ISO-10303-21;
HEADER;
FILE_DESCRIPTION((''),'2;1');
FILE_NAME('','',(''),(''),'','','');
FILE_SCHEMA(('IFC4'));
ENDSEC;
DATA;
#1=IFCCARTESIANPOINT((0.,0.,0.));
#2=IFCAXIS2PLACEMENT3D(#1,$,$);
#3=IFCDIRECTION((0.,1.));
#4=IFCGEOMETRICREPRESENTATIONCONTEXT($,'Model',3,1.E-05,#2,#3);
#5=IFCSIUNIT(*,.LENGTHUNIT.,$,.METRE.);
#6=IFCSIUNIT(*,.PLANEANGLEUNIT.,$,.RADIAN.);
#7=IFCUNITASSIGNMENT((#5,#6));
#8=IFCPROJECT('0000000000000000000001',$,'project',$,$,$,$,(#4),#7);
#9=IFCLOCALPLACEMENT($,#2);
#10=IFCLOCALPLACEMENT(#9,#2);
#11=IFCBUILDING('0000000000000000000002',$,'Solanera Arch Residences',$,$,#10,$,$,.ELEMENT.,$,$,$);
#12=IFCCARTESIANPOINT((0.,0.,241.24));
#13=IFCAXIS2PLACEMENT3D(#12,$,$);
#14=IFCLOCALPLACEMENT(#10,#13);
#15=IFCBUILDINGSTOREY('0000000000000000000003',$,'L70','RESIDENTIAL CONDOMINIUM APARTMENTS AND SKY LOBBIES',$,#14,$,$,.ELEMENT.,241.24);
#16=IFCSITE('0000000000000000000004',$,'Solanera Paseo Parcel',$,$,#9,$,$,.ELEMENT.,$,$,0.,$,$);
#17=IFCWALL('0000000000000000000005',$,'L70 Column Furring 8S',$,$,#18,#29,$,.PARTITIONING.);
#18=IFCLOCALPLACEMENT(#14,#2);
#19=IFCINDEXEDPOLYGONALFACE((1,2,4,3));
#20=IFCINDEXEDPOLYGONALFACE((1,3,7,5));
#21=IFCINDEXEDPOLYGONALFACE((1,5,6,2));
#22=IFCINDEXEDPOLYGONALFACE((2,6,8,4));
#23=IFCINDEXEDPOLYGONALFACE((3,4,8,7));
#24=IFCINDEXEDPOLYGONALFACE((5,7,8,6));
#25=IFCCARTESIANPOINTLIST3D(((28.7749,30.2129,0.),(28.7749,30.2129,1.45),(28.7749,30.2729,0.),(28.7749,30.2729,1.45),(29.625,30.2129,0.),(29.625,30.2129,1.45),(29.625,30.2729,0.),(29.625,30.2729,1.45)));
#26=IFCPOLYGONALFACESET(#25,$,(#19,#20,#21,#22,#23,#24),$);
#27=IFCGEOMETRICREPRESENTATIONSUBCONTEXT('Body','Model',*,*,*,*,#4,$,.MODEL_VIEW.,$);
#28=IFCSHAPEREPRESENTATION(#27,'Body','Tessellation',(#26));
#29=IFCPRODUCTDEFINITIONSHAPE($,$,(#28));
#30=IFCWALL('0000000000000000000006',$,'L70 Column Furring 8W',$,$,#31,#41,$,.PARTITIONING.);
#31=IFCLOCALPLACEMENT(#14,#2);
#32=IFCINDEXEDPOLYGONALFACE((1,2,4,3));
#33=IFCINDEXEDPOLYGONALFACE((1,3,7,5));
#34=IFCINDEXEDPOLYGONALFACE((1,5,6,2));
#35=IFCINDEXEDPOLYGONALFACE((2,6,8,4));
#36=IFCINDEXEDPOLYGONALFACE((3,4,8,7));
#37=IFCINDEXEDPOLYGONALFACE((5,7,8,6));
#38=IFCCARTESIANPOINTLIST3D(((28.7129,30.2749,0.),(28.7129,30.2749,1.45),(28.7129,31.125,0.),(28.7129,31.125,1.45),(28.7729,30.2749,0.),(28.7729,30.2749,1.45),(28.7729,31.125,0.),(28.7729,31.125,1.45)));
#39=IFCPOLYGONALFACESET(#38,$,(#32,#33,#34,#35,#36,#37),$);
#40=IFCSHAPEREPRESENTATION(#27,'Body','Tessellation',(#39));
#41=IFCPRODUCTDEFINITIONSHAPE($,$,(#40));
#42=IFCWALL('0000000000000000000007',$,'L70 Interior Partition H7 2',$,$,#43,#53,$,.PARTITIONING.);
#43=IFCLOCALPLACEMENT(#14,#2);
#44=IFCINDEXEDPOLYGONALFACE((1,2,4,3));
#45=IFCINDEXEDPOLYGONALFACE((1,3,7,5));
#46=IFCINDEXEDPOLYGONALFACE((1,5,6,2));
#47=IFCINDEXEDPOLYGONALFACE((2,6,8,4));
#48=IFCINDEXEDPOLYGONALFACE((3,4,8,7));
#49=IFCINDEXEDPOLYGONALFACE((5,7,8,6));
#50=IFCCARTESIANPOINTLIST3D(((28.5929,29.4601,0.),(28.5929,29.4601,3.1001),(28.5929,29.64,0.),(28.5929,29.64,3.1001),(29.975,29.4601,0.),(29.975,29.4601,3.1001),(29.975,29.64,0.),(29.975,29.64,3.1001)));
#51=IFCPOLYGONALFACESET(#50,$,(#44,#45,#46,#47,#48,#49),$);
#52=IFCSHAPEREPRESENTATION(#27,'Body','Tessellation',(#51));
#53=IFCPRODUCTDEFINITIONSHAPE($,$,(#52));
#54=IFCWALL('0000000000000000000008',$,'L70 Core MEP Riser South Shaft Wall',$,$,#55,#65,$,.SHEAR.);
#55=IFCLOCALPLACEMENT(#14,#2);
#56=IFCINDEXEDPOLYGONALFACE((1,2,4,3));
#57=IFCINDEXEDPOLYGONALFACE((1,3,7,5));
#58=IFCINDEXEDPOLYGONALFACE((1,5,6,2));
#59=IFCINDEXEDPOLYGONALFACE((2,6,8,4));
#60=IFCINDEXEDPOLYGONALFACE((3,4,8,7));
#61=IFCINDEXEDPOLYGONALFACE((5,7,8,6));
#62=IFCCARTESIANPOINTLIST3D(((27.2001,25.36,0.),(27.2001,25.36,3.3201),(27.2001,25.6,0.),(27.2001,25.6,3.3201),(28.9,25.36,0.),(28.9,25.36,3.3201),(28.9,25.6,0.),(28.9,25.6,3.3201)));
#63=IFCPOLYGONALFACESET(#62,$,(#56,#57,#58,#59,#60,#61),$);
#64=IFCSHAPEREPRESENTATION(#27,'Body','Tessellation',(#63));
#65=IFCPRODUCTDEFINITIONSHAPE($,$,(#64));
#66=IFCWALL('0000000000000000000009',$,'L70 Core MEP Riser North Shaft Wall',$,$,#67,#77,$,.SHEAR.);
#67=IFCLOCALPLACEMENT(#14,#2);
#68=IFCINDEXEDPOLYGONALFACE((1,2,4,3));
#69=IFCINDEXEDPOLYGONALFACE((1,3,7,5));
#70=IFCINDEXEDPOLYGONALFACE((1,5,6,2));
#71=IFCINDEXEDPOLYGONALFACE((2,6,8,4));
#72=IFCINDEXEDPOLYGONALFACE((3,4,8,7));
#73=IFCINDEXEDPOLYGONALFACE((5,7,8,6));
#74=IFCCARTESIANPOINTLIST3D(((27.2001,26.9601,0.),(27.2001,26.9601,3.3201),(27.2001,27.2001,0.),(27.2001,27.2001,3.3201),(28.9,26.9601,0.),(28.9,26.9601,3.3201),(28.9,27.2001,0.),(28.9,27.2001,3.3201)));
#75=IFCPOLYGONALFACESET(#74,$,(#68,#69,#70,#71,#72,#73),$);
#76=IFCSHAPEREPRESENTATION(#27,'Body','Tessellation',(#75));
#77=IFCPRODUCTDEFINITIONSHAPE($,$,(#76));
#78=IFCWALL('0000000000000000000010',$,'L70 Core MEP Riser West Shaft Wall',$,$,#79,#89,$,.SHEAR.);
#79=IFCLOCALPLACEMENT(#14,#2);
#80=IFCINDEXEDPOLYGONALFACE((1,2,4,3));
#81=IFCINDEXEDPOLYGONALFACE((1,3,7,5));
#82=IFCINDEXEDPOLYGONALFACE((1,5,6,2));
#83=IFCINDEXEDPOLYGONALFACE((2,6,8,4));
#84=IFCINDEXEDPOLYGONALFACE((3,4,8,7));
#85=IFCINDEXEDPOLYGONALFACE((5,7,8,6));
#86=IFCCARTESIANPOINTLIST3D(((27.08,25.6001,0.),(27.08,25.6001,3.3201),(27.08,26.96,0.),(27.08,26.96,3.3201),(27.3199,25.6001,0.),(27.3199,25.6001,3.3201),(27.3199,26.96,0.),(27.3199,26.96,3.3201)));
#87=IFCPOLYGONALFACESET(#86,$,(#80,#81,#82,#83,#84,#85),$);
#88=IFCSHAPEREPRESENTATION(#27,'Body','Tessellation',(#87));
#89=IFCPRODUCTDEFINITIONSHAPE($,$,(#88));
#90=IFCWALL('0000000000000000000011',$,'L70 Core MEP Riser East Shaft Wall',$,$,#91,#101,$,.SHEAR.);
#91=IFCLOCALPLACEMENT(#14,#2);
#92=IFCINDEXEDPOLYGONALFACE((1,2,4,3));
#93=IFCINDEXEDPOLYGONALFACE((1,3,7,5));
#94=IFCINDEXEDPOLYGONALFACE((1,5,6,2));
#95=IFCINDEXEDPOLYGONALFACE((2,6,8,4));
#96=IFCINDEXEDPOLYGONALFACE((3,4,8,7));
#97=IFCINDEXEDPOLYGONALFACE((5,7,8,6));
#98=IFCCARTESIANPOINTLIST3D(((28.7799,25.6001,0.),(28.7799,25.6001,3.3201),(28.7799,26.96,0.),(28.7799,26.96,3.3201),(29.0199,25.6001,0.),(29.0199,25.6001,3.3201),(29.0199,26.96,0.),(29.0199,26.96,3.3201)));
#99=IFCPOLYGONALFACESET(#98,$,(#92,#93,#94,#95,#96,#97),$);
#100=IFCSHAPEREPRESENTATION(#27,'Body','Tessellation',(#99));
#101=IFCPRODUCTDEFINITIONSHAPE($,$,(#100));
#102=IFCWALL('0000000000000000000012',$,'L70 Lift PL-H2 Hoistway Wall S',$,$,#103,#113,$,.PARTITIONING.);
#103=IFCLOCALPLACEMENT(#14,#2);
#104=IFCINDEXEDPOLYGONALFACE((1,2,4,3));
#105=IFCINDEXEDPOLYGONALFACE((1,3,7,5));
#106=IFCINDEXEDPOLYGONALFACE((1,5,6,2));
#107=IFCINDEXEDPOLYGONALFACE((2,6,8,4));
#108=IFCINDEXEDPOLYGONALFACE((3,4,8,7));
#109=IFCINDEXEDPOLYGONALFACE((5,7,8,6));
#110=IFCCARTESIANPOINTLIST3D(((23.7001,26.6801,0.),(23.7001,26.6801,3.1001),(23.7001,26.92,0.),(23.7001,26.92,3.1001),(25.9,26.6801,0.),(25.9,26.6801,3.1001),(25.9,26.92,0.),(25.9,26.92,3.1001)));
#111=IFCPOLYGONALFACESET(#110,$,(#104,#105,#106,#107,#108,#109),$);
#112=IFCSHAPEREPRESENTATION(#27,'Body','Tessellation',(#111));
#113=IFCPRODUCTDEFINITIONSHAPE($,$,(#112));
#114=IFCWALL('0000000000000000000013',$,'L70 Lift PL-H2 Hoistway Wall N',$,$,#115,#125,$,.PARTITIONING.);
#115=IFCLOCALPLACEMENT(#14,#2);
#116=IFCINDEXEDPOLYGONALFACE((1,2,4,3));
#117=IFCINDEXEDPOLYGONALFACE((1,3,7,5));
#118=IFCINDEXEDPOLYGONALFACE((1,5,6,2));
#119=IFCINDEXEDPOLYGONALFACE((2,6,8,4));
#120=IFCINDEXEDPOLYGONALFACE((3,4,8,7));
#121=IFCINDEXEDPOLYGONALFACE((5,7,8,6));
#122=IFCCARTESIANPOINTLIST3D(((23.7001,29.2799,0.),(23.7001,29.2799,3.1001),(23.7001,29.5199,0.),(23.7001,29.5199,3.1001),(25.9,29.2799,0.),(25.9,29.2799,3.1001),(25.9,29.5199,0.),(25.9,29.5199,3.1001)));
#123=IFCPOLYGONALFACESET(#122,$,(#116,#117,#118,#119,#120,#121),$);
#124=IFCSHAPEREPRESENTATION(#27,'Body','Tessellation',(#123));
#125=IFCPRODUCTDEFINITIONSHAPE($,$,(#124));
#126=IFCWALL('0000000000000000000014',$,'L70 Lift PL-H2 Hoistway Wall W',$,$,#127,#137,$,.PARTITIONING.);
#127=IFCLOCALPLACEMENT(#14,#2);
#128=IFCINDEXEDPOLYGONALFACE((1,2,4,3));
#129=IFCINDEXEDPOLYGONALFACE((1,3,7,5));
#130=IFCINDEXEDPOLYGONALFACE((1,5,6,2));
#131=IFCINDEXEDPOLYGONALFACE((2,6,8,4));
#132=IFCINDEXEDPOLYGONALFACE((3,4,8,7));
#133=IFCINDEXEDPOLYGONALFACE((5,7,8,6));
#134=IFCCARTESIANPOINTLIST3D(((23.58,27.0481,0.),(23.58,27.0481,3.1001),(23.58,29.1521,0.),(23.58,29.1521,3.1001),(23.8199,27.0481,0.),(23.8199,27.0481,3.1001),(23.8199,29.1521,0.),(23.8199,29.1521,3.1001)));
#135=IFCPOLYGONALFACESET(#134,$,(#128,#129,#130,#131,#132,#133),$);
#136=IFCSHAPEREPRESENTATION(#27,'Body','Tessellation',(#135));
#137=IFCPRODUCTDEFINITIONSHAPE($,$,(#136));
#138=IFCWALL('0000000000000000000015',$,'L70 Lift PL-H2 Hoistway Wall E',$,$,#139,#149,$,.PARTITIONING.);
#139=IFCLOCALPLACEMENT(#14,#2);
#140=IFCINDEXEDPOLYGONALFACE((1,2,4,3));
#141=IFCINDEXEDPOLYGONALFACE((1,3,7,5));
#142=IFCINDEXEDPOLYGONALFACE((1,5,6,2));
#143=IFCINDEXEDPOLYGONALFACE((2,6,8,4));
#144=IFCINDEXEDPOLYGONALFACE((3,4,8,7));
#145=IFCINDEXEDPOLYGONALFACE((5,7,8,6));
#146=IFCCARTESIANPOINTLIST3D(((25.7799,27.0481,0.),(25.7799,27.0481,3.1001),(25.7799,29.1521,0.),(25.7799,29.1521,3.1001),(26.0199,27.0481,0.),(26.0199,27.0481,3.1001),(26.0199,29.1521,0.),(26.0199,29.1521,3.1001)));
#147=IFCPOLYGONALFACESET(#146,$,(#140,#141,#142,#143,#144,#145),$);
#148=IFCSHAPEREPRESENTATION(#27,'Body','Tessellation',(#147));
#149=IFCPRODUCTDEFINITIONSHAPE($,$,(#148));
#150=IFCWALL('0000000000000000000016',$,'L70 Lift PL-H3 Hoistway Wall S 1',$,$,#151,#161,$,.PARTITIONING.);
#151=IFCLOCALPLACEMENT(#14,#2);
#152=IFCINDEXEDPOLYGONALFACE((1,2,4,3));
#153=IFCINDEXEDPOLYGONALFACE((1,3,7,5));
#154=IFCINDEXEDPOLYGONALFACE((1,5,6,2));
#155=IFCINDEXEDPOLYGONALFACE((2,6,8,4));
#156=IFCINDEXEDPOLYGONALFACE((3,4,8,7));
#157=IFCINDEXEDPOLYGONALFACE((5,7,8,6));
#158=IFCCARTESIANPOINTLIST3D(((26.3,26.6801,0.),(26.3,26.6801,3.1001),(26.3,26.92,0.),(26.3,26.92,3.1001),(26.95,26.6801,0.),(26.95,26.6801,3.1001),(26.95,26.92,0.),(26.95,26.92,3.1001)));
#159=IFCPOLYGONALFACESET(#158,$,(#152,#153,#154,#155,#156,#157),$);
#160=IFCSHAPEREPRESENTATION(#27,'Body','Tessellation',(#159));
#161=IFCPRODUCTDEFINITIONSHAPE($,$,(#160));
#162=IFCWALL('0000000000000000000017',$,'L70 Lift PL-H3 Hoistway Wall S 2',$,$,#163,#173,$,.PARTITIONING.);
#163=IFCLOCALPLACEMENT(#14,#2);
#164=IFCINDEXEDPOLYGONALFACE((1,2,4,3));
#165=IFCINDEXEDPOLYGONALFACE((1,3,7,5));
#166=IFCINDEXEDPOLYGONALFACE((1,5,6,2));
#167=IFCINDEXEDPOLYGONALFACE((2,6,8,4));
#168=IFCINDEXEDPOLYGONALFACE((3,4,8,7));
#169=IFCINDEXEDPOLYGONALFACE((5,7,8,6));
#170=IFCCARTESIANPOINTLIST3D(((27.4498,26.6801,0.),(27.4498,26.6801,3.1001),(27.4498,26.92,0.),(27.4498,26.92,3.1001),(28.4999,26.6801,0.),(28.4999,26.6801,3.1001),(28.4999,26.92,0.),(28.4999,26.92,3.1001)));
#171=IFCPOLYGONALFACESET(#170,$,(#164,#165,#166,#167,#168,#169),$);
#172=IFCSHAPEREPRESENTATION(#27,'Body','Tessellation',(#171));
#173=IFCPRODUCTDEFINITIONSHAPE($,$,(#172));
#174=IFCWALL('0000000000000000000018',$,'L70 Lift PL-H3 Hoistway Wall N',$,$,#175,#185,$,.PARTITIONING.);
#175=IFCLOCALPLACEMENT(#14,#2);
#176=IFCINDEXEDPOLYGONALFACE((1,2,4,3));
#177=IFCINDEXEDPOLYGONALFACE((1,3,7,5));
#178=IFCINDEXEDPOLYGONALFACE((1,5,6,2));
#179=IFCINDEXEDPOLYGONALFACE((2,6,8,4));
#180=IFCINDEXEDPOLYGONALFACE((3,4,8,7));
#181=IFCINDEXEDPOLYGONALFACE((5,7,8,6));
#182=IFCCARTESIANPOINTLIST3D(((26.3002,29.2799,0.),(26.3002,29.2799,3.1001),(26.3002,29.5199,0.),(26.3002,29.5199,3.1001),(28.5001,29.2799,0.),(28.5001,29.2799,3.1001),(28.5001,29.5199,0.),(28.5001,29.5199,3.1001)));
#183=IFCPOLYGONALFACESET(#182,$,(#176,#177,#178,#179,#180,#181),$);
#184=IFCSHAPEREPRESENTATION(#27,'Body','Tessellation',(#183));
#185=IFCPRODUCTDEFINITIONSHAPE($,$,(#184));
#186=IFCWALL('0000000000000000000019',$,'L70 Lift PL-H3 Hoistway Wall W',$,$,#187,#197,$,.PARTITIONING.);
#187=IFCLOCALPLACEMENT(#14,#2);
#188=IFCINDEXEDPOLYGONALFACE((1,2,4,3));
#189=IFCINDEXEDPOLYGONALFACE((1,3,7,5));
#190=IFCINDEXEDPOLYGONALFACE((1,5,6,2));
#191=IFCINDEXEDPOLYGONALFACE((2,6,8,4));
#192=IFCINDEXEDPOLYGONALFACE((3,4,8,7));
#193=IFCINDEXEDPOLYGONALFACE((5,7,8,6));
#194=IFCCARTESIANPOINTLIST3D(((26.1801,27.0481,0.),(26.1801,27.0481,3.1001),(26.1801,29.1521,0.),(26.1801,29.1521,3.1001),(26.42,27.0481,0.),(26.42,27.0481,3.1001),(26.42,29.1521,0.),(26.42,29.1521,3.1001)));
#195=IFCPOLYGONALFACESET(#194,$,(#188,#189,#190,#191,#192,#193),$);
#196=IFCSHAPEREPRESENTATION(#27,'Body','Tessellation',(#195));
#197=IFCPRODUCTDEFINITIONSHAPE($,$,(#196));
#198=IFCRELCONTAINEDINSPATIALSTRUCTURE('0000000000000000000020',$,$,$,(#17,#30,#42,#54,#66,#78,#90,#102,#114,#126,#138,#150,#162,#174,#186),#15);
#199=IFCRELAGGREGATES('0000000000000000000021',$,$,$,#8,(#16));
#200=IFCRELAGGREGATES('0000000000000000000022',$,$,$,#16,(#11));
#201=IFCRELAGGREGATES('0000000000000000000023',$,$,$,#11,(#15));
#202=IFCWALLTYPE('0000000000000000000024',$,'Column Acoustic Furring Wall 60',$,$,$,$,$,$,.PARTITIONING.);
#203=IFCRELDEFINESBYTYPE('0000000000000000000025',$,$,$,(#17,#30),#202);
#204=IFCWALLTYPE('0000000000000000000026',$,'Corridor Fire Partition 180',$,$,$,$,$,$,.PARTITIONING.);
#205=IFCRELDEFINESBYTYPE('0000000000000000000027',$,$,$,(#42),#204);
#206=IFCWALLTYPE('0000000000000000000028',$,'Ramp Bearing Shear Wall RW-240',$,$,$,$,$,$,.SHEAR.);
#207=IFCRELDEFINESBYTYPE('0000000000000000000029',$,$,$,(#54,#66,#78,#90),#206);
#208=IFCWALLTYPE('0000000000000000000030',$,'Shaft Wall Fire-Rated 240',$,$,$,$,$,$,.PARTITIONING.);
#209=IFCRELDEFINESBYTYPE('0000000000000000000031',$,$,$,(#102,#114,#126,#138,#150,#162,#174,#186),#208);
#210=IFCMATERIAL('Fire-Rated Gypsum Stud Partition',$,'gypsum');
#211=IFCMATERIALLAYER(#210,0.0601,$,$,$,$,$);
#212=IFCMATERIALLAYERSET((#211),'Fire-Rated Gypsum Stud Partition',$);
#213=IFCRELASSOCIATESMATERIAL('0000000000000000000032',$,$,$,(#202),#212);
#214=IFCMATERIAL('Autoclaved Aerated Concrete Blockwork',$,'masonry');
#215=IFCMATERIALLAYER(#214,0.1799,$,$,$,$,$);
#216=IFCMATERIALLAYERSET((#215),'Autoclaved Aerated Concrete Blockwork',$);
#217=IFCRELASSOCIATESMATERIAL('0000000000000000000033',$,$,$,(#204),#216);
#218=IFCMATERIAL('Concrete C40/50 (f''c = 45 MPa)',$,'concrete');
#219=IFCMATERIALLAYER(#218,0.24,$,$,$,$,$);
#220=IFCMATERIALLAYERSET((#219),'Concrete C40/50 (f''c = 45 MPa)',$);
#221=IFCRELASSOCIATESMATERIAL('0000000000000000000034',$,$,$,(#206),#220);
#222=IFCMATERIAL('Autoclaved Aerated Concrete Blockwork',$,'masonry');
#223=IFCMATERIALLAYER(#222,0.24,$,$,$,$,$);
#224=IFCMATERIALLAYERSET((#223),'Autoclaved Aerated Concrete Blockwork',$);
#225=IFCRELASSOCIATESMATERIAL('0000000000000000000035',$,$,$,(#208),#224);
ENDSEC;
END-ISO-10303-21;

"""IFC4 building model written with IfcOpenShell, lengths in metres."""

from ifc_helpers import new_model, si_unit, direction, frame, frame_2d, origin, place, context, subcontext, project, spatial, rectangle, extrude, material, layer, layer_set, type_object, element, save


model = new_model("IFC4")

# Units and contexts
model_context = context("Model", 3, precision=1e-05, world=origin(), true_north=direction((0.0, 1.0)))
body_context = subcontext(model_context, "Body", "Model", "MODEL_VIEW")
ifc_project = project(units=[si_unit("LENGTHUNIT", "METRE"), si_unit("PLANEANGLEUNIT", "RADIAN")], contexts=[model_context])

# Site, building, storey
site_placement = place(None, origin())
site = spatial("IfcSite", under=ifc_project, at=site_placement, Name="Solanera Paseo Parcel", CompositionType="ELEMENT", RefElevation=0.0)
building_placement = place(site_placement, origin())
building = spatial("IfcBuilding", under=site, at=building_placement, Name="Solanera Arch Residences", CompositionType="ELEMENT")
storey_placement = place(building_placement, frame((0.0, 0.0, 241.24)))
storey = spatial("IfcBuildingStorey", under=building, at=storey_placement, Name="L70", Description="RESIDENTIAL CONDOMINIUM APARTMENTS AND SKY LOBBIES", CompositionType="ELEMENT", Elevation=241.24)

# Walls
ifc_material_1 = material(Name="Fire-Rated Gypsum Stud Partition", Category="gypsum")
ifc_layer_1 = layer(ifc_material_1, 0.0601)
ifc_layer_set_1 = layer_set([ifc_layer_1], Name="Fire-Rated Gypsum Stud Partition")
wall_type_1 = type_object("IfcWallType", Name="Column Acoustic Furring Wall 60", PredefinedType="PARTITIONING", material=ifc_layer_set_1)
for number, where, z_axis, x_axis, name in (
    (1, (28.7749, 30.2429, 0.0), (0.0, 0.0, 1.0), (1.0, 0.0, 0.0), "L70 Column Furring 8S"),
    (2, (28.7429, 30.2749, 0.0), (0.0, 0.0, 1.0), (0.0, 1.0, 0.0), "L70 Column Furring 8W"),
):
    element("IfcWall", number, at=place(storey_placement, frame(where, z_axis=z_axis, x_axis=x_axis)), inside=storey, type_object=wall_type_1, Name=name, PredefinedType="PARTITIONING", context=body_context, shape_type="SweptSolid", body=[
        extrude(rectangle(XDim=0.8501, YDim=0.0601, at=frame_2d((0.425, 0.0))), origin(), (0.0, 0.0, 1.0), 1.45),
    ])
ifc_material_2 = material(Name="Autoclaved Aerated Concrete Blockwork", Category="masonry")
ifc_layer_2 = layer(ifc_material_2, 0.1799)
ifc_layer_set_2 = layer_set([ifc_layer_2], Name="Autoclaved Aerated Concrete Blockwork")
wall_type_2 = type_object("IfcWallType", Name="Corridor Fire Partition 180", PredefinedType="PARTITIONING", material=ifc_layer_set_2)
wall_1_placement = place(storey_placement, frame((28.593, 29.55, 0.0), z_axis=(0.0, 0.0, 1.0), x_axis=(1.0, 0.0, 0.0)))
element("IfcWall", 3, at=wall_1_placement, inside=storey, type_object=wall_type_2, Name="L70 Interior Partition H7 2", PredefinedType="PARTITIONING", context=body_context, shape_type="SweptSolid", body=[
    extrude(rectangle(XDim=1.3821, YDim=0.1799, at=frame_2d((0.6909, 0.0))), origin(), (0.0, 0.0, 1.0), 3.1001),
])
ifc_material_3 = material(Name="Concrete C40/50 (f'c = 45 MPa)", Category="concrete")
ifc_layer_3 = layer(ifc_material_3, 0.24)
ifc_layer_set_3 = layer_set([ifc_layer_3], Name="Concrete C40/50 (f'c = 45 MPa)")
wall_type_3 = type_object("IfcWallType", Name="Ramp Bearing Shear Wall RW-240", PredefinedType="SHEAR", material=ifc_layer_set_3)
for number, where, z_axis, x_axis, name in (
    (4, (27.2, 25.48, 0.0), (0.0, 0.0, 1.0), (1.0, 0.0, 0.0), "L70 Core MEP Riser South Shaft Wall"),
    (5, (27.2, 27.0801, 0.0), (0.0, 0.0, 1.0), (1.0, 0.0, 0.0), "L70 Core MEP Riser North Shaft Wall"),
):
    element("IfcWall", number, at=place(storey_placement, frame(where, z_axis=z_axis, x_axis=x_axis)), inside=storey, type_object=wall_type_3, Name=name, PredefinedType="SHEAR", context=body_context, shape_type="SweptSolid", body=[
        extrude(rectangle(XDim=1.7, YDim=0.24, at=frame_2d((0.8501, 0.0))), origin(), (0.0, 0.0, 1.0), 3.3201),
    ])
for number, where, z_axis, x_axis, name in (
    (6, (27.2, 25.6001, 0.0), (0.0, 0.0, 1.0), (0.0, 1.0, 0.0), "L70 Core MEP Riser West Shaft Wall"),
    (7, (28.8999, 25.6001, 0.0), (0.0, 0.0, 1.0), (0.0, 1.0, 0.0), "L70 Core MEP Riser East Shaft Wall"),
):
    element("IfcWall", number, at=place(storey_placement, frame(where, z_axis=z_axis, x_axis=x_axis)), inside=storey, type_object=wall_type_3, Name=name, PredefinedType="SHEAR", context=body_context, shape_type="SweptSolid", body=[
        extrude(rectangle(XDim=1.3599, YDim=0.24, at=frame_2d((0.6799, 0.0))), origin(), (0.0, 0.0, 1.0), 3.3201),
    ])
ifc_material_4 = material(Name="Autoclaved Aerated Concrete Blockwork", Category="masonry")
ifc_layer_4 = layer(ifc_material_4, 0.24)
ifc_layer_set_4 = layer_set([ifc_layer_4], Name="Autoclaved Aerated Concrete Blockwork")
wall_type_4 = type_object("IfcWallType", Name="Shaft Wall Fire-Rated 240", PredefinedType="PARTITIONING", material=ifc_layer_set_4)
for number, where, z_axis, x_axis, name in (
    (8, (23.7, 26.8, 0.0), (0.0, 0.0, 1.0), (1.0, 0.0, 0.0), "L70 Lift PL-H2 Hoistway Wall S"),
    (9, (23.7, 29.3999, 0.0), (0.0, 0.0, 1.0), (1.0, 0.0, 0.0), "L70 Lift PL-H2 Hoistway Wall N"),
):
    element("IfcWall", number, at=place(storey_placement, frame(where, z_axis=z_axis, x_axis=x_axis)), inside=storey, type_object=wall_type_4, Name=name, PredefinedType="PARTITIONING", context=body_context, shape_type="SweptSolid", body=[
        extrude(rectangle(XDim=2.2, YDim=0.24, at=frame_2d((1.1001, 0.0))), origin(), (0.0, 0.0, 1.0), 3.1001),
    ])
for number, where, z_axis, x_axis, name in (
    (10, (23.7, 27.0481, 0.0), (0.0, 0.0, 1.0), (0.0, 1.0, 0.0), "L70 Lift PL-H2 Hoistway Wall W"),
    (11, (25.8999, 27.0481, 0.0), (0.0, 0.0, 1.0), (0.0, 1.0, 0.0), "L70 Lift PL-H2 Hoistway Wall E"),
):
    element("IfcWall", number, at=place(storey_placement, frame(where, z_axis=z_axis, x_axis=x_axis)), inside=storey, type_object=wall_type_4, Name=name, PredefinedType="PARTITIONING", context=body_context, shape_type="SweptSolid", body=[
        extrude(rectangle(XDim=2.104, YDim=0.24, at=frame_2d((1.052, 0.0))), origin(), (0.0, 0.0, 1.0), 3.1001),
    ])
wall_2_placement = place(storey_placement, frame((26.3, 26.8, 0.0), z_axis=(0.0, 0.0, 1.0), x_axis=(1.0, 0.0, 0.0)))
element("IfcWall", 12, at=wall_2_placement, inside=storey, type_object=wall_type_4, Name="L70 Lift PL-H3 Hoistway Wall S 1", PredefinedType="PARTITIONING", context=body_context, shape_type="SweptSolid", body=[
    extrude(rectangle(XDim=0.6499, YDim=0.24, at=frame_2d((0.325, 0.0))), origin(), (0.0, 0.0, 1.0), 3.1001),
])
wall_3_placement = place(storey_placement, frame((27.45, 26.8, 0.0), z_axis=(0.0, 0.0, 1.0), x_axis=(1.0, 0.0, 0.0)))
element("IfcWall", 13, at=wall_3_placement, inside=storey, type_object=wall_type_4, Name="L70 Lift PL-H3 Hoistway Wall S 2", PredefinedType="PARTITIONING", context=body_context, shape_type="SweptSolid", body=[
    extrude(rectangle(XDim=1.05, YDim=0.24, at=frame_2d((0.5249, 0.0))), origin(), (0.0, 0.0, 1.0), 3.1001),
])
wall_4_placement = place(storey_placement, frame((26.3, 29.3999, 0.0), z_axis=(0.0, 0.0, 1.0), x_axis=(1.0, 0.0, 0.0)))
element("IfcWall", 14, at=wall_4_placement, inside=storey, type_object=wall_type_4, Name="L70 Lift PL-H3 Hoistway Wall N", PredefinedType="PARTITIONING", context=body_context, shape_type="SweptSolid", body=[
    extrude(rectangle(XDim=2.2, YDim=0.24, at=frame_2d((1.1001, 0.0))), origin(), (0.0, 0.0, 1.0), 3.1001),
])
wall_5_placement = place(storey_placement, frame((26.3, 27.0481, 0.0), z_axis=(0.0, 0.0, 1.0), x_axis=(0.0, 1.0, 0.0)))
element("IfcWall", 15, at=wall_5_placement, inside=storey, type_object=wall_type_4, Name="L70 Lift PL-H3 Hoistway Wall W", PredefinedType="PARTITIONING", context=body_context, shape_type="SweptSolid", body=[
    extrude(rectangle(XDim=2.104, YDim=0.24, at=frame_2d((1.052, 0.0))), origin(), (0.0, 0.0, 1.0), 3.1001),
])

save(model, "model.ifc")
